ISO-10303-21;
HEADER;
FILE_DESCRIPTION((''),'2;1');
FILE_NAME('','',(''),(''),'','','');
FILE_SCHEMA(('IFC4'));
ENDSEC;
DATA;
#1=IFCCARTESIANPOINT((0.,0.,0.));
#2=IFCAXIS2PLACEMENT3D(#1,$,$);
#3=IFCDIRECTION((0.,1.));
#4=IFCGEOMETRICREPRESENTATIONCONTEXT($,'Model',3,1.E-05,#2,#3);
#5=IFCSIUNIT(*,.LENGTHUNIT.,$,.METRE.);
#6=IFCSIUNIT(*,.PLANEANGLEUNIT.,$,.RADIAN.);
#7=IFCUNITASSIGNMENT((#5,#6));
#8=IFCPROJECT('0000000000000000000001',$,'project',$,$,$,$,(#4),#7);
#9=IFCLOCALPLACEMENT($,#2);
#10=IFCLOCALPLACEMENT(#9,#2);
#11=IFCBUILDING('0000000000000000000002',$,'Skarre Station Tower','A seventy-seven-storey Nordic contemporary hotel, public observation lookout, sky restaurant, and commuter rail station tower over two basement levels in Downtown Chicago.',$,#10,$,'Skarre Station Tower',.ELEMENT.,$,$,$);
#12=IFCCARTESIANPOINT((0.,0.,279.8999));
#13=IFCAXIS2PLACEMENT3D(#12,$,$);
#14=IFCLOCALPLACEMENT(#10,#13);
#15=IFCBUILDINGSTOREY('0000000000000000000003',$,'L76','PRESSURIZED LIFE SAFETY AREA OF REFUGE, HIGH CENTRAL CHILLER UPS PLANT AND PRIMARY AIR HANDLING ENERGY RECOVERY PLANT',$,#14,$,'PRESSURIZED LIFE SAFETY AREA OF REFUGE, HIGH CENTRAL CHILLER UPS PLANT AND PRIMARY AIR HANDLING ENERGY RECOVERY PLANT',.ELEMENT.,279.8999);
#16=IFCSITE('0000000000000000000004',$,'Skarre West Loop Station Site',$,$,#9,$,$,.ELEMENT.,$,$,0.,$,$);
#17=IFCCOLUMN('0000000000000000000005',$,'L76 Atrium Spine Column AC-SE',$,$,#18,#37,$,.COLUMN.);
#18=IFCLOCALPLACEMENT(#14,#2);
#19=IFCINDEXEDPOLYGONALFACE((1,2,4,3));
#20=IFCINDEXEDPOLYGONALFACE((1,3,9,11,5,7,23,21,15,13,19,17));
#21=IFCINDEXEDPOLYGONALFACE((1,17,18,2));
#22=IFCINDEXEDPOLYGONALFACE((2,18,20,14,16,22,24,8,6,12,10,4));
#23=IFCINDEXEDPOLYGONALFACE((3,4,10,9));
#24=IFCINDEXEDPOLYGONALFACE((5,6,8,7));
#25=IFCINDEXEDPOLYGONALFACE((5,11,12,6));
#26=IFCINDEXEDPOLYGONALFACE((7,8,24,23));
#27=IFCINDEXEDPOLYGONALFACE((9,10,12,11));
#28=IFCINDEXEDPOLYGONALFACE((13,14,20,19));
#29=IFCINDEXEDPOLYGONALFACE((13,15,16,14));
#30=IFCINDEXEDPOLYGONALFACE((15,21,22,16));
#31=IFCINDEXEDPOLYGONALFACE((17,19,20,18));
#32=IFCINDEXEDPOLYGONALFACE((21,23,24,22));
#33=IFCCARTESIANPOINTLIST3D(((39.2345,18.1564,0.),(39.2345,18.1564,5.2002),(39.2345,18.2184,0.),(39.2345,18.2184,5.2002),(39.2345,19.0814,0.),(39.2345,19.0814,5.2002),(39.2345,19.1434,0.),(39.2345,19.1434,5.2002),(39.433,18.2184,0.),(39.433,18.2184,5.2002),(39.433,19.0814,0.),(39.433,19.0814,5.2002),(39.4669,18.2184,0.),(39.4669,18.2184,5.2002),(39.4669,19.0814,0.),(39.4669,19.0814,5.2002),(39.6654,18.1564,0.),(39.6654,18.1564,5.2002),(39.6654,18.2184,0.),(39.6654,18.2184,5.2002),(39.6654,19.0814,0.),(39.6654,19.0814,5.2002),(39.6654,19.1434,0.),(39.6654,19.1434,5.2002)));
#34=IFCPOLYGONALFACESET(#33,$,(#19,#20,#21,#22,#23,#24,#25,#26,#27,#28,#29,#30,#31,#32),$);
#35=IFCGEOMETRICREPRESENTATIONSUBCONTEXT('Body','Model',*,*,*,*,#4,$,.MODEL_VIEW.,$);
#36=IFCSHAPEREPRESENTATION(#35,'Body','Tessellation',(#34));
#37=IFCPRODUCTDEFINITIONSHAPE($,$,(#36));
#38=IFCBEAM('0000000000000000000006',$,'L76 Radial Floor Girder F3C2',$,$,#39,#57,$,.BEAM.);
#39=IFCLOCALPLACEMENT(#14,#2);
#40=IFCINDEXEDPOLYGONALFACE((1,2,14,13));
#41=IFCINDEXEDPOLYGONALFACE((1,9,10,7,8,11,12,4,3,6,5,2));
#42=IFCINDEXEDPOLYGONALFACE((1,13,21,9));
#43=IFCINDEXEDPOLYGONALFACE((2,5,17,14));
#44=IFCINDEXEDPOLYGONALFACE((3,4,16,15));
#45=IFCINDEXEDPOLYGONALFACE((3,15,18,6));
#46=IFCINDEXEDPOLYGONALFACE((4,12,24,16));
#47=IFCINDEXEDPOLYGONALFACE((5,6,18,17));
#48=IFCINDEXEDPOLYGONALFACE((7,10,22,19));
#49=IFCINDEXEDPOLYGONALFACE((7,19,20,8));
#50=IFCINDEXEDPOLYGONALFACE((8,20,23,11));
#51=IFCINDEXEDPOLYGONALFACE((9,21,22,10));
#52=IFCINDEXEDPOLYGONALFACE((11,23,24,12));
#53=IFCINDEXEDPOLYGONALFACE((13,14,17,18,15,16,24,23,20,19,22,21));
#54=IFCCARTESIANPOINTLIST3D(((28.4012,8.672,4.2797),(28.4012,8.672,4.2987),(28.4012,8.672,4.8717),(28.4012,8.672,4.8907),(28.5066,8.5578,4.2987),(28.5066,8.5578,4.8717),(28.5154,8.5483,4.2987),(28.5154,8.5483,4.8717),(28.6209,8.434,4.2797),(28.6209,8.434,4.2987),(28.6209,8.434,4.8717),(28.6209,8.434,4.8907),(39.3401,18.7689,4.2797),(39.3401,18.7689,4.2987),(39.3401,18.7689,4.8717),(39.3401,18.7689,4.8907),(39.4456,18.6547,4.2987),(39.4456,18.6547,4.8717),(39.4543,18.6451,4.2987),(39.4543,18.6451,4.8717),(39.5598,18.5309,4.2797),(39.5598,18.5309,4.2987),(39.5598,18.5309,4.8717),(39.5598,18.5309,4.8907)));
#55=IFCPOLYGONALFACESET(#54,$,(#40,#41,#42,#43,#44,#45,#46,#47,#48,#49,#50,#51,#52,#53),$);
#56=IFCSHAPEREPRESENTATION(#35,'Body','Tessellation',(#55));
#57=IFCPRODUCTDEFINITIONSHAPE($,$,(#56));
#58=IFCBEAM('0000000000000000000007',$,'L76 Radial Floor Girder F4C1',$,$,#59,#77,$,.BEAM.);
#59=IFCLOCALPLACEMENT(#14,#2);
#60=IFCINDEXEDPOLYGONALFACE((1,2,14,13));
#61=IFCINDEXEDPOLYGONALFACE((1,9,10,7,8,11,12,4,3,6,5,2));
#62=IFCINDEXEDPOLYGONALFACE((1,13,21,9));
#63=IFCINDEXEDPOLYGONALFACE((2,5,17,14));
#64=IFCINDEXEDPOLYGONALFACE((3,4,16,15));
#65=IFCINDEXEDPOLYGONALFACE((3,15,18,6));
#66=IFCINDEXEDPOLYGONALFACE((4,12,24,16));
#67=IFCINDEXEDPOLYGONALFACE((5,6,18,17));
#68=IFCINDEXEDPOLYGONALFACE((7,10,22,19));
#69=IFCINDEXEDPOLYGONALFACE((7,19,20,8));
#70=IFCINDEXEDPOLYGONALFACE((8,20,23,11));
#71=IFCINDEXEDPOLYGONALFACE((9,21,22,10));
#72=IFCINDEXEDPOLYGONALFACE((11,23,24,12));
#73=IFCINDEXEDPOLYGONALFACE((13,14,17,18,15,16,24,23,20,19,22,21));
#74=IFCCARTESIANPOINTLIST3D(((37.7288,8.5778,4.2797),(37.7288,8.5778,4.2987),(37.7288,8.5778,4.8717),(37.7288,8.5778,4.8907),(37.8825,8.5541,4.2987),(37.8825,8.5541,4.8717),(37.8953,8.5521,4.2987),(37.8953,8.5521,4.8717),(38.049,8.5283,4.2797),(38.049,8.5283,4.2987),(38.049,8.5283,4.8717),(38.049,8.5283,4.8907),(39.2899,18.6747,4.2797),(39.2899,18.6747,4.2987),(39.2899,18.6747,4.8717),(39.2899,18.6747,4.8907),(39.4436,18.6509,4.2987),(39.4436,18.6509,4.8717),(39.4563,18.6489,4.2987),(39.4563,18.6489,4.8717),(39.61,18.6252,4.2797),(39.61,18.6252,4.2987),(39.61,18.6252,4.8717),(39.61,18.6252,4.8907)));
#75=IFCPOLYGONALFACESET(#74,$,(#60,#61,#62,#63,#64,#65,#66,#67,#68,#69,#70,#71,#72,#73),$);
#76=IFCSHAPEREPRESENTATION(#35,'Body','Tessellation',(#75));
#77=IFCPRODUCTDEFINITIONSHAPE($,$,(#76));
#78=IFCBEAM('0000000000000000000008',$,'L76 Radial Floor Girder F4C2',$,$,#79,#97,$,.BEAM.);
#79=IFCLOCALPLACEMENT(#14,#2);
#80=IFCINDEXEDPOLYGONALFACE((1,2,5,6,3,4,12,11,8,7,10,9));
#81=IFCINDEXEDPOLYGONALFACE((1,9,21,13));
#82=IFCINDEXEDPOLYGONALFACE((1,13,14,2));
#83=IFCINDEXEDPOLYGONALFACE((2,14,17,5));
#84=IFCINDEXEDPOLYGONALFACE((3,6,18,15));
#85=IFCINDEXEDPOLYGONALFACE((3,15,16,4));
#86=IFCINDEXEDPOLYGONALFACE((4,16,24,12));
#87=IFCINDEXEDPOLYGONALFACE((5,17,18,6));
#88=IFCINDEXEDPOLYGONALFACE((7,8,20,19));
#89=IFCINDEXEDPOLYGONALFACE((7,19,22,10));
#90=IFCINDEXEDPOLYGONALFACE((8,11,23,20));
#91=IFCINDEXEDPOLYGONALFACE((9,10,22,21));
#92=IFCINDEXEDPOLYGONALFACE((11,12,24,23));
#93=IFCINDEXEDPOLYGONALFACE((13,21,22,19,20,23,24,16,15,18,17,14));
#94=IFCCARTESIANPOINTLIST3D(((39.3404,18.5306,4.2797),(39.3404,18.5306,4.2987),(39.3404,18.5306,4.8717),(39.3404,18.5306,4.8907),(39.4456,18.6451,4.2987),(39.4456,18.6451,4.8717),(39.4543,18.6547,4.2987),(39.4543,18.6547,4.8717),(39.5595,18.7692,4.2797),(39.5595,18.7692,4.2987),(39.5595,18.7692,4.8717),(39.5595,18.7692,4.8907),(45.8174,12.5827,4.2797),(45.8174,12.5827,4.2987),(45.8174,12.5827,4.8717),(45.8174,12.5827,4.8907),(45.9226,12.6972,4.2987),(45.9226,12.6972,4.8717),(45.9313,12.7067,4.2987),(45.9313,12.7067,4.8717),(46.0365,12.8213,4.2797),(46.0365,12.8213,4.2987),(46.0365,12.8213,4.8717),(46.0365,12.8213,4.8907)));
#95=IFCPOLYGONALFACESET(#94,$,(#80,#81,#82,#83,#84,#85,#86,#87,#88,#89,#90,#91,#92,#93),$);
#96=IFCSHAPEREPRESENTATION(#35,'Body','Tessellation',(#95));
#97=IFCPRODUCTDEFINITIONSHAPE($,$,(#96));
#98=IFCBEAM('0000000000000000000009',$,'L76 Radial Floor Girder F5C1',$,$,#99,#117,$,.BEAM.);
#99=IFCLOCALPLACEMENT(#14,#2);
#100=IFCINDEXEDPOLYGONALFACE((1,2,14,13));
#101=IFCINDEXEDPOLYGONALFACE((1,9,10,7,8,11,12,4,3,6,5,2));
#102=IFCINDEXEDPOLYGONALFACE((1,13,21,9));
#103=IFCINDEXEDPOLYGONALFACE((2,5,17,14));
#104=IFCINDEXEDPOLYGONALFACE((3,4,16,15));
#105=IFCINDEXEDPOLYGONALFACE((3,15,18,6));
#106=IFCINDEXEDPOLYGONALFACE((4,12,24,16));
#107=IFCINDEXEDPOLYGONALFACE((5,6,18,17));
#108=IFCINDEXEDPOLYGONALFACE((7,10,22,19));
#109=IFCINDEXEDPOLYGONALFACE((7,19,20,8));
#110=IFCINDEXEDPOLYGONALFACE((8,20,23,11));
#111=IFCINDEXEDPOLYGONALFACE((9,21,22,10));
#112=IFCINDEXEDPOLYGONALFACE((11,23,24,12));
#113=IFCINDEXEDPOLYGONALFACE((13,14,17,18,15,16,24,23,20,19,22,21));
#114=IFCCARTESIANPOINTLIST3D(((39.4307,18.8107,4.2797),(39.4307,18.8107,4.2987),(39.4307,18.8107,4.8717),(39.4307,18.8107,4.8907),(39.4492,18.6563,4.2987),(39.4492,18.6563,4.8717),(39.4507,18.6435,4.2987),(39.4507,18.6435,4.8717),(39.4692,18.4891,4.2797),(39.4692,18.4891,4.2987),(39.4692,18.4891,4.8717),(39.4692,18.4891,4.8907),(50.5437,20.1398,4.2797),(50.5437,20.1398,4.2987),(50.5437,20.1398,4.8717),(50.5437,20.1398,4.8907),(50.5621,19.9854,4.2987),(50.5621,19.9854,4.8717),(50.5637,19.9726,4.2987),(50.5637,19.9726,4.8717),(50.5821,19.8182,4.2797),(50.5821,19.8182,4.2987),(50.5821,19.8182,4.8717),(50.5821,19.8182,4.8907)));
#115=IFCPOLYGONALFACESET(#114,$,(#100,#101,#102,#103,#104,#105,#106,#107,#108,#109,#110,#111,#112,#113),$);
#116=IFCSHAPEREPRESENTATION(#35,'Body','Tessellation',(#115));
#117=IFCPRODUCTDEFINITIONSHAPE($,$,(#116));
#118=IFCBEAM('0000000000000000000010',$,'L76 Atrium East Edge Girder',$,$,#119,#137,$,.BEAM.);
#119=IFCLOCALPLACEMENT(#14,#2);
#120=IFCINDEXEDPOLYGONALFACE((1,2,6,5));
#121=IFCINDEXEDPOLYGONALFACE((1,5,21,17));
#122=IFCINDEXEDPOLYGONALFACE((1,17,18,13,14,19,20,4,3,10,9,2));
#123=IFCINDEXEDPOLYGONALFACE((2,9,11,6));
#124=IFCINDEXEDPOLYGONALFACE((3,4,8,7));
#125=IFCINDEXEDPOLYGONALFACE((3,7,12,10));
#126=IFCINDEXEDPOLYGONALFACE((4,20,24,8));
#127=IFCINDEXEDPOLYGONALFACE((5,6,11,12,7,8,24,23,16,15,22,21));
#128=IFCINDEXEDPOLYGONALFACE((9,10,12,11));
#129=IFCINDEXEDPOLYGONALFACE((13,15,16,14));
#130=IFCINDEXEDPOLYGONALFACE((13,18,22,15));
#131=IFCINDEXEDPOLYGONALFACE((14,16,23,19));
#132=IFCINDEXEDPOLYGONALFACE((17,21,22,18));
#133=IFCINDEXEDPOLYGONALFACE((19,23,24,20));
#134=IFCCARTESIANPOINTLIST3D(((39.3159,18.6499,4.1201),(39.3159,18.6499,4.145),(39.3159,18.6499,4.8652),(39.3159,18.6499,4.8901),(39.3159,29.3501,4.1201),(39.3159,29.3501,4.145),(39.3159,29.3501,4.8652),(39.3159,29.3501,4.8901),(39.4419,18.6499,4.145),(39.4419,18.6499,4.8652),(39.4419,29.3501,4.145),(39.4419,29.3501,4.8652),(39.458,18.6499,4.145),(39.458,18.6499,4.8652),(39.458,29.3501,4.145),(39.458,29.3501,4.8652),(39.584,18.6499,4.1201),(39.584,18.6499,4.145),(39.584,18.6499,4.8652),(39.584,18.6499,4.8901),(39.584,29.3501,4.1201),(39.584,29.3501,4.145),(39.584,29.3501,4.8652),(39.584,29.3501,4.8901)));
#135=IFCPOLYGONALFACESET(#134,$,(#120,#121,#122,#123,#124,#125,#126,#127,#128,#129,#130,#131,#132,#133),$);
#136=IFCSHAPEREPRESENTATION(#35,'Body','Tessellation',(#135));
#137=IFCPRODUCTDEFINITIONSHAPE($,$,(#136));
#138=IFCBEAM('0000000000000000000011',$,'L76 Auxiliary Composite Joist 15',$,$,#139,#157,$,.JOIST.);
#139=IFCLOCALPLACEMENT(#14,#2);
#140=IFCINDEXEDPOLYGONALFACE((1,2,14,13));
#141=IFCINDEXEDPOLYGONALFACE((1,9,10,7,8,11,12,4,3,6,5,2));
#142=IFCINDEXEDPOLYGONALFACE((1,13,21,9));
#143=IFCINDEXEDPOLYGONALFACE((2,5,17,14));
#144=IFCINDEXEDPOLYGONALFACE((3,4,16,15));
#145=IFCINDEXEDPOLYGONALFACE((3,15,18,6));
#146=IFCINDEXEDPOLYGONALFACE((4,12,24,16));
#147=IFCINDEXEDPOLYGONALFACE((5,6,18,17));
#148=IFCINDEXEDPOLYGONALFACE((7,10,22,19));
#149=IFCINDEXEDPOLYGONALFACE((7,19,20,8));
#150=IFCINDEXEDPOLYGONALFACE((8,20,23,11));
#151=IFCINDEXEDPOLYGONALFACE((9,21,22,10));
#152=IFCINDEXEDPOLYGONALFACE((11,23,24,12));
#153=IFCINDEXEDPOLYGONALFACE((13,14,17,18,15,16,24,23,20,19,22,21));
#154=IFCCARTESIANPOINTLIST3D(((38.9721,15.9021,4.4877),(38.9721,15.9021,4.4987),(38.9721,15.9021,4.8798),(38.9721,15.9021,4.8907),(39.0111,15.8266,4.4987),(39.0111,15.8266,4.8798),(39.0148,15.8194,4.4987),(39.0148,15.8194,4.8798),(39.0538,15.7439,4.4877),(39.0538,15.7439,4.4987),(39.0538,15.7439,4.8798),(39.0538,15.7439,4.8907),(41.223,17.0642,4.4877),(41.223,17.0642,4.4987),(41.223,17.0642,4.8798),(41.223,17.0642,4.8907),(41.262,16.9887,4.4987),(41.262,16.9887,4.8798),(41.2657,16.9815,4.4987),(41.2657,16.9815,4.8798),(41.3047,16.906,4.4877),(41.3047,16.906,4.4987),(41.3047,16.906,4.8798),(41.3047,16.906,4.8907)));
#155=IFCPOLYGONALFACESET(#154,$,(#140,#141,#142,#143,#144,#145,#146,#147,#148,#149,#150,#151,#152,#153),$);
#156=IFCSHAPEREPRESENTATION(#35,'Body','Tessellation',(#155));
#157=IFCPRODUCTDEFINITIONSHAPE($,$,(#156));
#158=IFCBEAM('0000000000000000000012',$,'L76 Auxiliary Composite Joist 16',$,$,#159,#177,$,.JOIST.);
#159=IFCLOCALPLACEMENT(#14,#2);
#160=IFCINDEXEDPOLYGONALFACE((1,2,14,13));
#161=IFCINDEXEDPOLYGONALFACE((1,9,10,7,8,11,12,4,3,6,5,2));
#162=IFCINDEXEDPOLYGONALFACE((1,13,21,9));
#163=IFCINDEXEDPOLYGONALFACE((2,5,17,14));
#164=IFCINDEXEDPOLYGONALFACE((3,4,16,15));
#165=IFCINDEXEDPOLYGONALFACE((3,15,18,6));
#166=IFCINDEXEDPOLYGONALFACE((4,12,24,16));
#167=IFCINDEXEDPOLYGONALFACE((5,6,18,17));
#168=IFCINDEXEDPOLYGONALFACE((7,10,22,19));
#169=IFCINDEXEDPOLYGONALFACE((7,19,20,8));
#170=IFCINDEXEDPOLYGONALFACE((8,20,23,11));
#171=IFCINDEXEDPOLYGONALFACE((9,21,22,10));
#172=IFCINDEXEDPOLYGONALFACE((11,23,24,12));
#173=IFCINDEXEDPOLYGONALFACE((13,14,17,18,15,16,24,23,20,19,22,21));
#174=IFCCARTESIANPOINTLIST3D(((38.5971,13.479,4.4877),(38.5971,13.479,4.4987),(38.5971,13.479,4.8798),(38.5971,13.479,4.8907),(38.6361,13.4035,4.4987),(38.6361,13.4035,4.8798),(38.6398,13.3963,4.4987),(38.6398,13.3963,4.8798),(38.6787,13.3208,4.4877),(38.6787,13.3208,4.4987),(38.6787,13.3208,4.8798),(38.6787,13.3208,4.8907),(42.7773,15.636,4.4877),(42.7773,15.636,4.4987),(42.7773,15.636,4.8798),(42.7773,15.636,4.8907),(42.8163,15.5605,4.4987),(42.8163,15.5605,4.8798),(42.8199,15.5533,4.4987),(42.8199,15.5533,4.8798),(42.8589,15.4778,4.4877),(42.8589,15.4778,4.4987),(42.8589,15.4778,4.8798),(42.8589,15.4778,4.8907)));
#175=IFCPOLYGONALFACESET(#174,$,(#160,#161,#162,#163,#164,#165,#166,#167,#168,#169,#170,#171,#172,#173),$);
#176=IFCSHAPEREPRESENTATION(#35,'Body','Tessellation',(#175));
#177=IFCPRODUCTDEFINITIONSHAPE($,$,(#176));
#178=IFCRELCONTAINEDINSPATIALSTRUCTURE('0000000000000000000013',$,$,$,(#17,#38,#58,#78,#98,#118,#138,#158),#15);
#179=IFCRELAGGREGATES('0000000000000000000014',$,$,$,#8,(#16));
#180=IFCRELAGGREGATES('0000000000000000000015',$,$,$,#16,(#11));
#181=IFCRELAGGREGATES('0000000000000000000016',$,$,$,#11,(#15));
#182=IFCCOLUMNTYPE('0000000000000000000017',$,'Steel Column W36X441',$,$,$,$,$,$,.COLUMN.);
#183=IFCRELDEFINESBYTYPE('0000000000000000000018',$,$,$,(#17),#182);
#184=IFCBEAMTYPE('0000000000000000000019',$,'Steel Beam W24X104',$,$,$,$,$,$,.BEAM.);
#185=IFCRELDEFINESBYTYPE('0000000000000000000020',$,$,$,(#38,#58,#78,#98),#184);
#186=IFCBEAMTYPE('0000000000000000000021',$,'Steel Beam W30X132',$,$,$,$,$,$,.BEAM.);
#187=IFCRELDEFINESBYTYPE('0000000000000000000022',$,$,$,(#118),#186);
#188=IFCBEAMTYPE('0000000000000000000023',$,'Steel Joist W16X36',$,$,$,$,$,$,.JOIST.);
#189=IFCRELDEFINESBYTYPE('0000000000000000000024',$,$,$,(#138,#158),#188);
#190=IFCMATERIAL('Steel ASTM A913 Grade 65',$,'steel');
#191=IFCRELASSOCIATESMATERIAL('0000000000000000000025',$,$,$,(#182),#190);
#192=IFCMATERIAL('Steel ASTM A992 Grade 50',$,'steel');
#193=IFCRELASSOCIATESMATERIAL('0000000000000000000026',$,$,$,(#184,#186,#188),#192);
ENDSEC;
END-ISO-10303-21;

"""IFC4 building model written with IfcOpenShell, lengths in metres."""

from ifc_helpers import new_model, si_unit, direction, frame, origin, origin_2d, place, context, subcontext, project, spatial, i_section, extrude, material, material_profile, profile_set, type_object, element, save


model = new_model("IFC4")

# Units and contexts
model_context = context("Model", 3, precision=1e-05, world=origin(), true_north=direction((0.0, 1.0)))
body_context = subcontext(model_context, "Body", "Model", "MODEL_VIEW")
ifc_project = project(units=[si_unit("LENGTHUNIT", "METRE"), si_unit("PLANEANGLEUNIT", "RADIAN")], contexts=[model_context])

# Site, building, storey
site_placement = place(None, origin())
site = spatial("IfcSite", under=ifc_project, at=site_placement, Name="Skarre West Loop Station Site", CompositionType="ELEMENT", RefElevation=0.0)
building_placement = place(site_placement, origin())
building = spatial("IfcBuilding", under=site, at=building_placement, Name="Skarre Station Tower", Description="A seventy-seven-storey Nordic contemporary hotel, public observation lookout, sky restaurant, and commuter rail station tower over two basement levels in Downtown Chicago.", LongName="Skarre Station Tower", CompositionType="ELEMENT")
storey_placement = place(building_placement, frame((0.0, 0.0, 279.8999)))
storey = spatial("IfcBuildingStorey", under=building, at=storey_placement, Name="L76", Description="PRESSURIZED LIFE SAFETY AREA OF REFUGE, HIGH CENTRAL CHILLER UPS PLANT AND PRIMARY AIR HANDLING ENERGY RECOVERY PLANT", LongName="PRESSURIZED LIFE SAFETY AREA OF REFUGE, HIGH CENTRAL CHILLER UPS PLANT AND PRIMARY AIR HANDLING ENERGY RECOVERY PLANT", CompositionType="ELEMENT", Elevation=279.8999)

# Column
ifc_material_1 = material(Name="Steel ASTM A913 Grade 65", Category="steel")
ifc_material_profile_1 = material_profile(ifc_material_1, i_section(OverallWidth=0.4309, OverallDepth=0.9871, WebThickness=0.0339, FlangeThickness=0.062, at=origin_2d()), Name="Steel ASTM A913 Grade 65")
ifc_profile_set_1 = profile_set([ifc_material_profile_1], Name="Steel ASTM A913 Grade 65")
column_type = type_object("IfcColumnType", Name="Steel Column W36X441", PredefinedType="COLUMN", material=ifc_profile_set_1)
column_placement = place(storey_placement, frame((39.45, 18.6499, 0.0), z_axis=(0.0, 0.0, 1.0), x_axis=(1.0, 0.0, 0.0)))
element("IfcColumn", 1, at=column_placement, inside=storey, type_object=column_type, Name="L76 Atrium Spine Column AC-SE", PredefinedType="COLUMN", context=body_context, shape_type="SweptSolid", body=[
    extrude(i_section(OverallWidth=0.4309, OverallDepth=0.9871, WebThickness=0.0339, FlangeThickness=0.062, at=origin_2d()), origin(), (0.0, 0.0, 1.0), 5.2002),
])

# Beams
ifc_material_2 = material(Name="Steel ASTM A992 Grade 50", Category="steel")
ifc_material_profile_2 = material_profile(ifc_material_2, i_section(OverallWidth=0.324, OverallDepth=0.6111, WebThickness=0.0129, FlangeThickness=0.019, at=origin_2d()), Name="Steel ASTM A992 Grade 50")
ifc_profile_set_2 = profile_set([ifc_material_profile_2], Name="Steel ASTM A992 Grade 50")
beam_type_1 = type_object("IfcBeamType", Name="Steel Beam W24X104", PredefinedType="BEAM", material=ifc_profile_set_2)
beam_1_placement = place(storey_placement, frame((39.45, 18.6499, 4.5852), z_axis=(-0.734823, -0.678259, 0.0), x_axis=(0.678259, -0.734823, 0.0)))
element("IfcBeam", 2, at=beam_1_placement, inside=storey, type_object=beam_type_1, Name="L76 Radial Floor Girder F3C2", PredefinedType="BEAM", context=body_context, shape_type="SweptSolid", body=[
    extrude(i_section(OverallWidth=0.324, OverallDepth=0.6111, WebThickness=0.0129, FlangeThickness=0.019, at=origin_2d()), origin(), (0.0, 0.0, 1.0), 14.8865),
])
beam_2_placement = place(storey_placement, frame((39.45, 18.6499, 4.5852), z_axis=(-0.15279, -0.988259, 0.0), x_axis=(0.988259, -0.15279, 0.0)))
element("IfcBeam", 3, at=beam_2_placement, inside=storey, type_object=beam_type_1, Name="L76 Radial Floor Girder F4C1", PredefinedType="BEAM", context=body_context, shape_type="SweptSolid", body=[
    extrude(i_section(OverallWidth=0.324, OverallDepth=0.6111, WebThickness=0.0129, FlangeThickness=0.019, at=origin_2d()), origin(), (0.0, 0.0, 1.0), 10.2168),
])
beam_3_placement = place(storey_placement, frame((39.45, 18.6499, 4.5852), z_axis=(0.736548, -0.676386, 0.0), x_axis=(0.676386, 0.736548, 0.0)))
element("IfcBeam", 4, at=beam_3_placement, inside=storey, type_object=beam_type_1, Name="L76 Radial Floor Girder F4C2", PredefinedType="BEAM", context=body_context, shape_type="SweptSolid", body=[
    extrude(i_section(OverallWidth=0.324, OverallDepth=0.6111, WebThickness=0.0129, FlangeThickness=0.019, at=origin_2d()), origin(), (0.0, 0.0, 1.0), 8.7937),
])
beam_4_placement = place(storey_placement, frame((39.45, 18.6499, 4.5852), z_axis=(0.992924, 0.118752, 0.0), x_axis=(-0.118752, 0.992924, 0.0)))
element("IfcBeam", 5, at=beam_4_placement, inside=storey, type_object=beam_type_1, Name="L76 Radial Floor Girder F5C1", PredefinedType="BEAM", context=body_context, shape_type="SweptSolid", body=[
    extrude(i_section(OverallWidth=0.324, OverallDepth=0.6111, WebThickness=0.0129, FlangeThickness=0.019, at=origin_2d()), origin(), (0.0, 0.0, 1.0), 11.1921),
])
ifc_material_profile_3 = material_profile(ifc_material_2, i_section(OverallWidth=0.2681, OverallDepth=0.77, WebThickness=0.0161, FlangeThickness=0.0249, at=origin_2d()), Name="Steel ASTM A992 Grade 50")
ifc_profile_set_3 = profile_set([ifc_material_profile_3], Name="Steel ASTM A992 Grade 50")
beam_type_2 = type_object("IfcBeamType", Name="Steel Beam W30X132", PredefinedType="BEAM", material=ifc_profile_set_3)
beam_5_placement = place(storey_placement, frame((39.45, 18.6499, 4.5051), z_axis=(0.0, 1.0, 0.0), x_axis=(-1.0, 0.0, 0.0)))
element("IfcBeam", 6, at=beam_5_placement, inside=storey, type_object=beam_type_2, Name="L76 Atrium East Edge Girder", PredefinedType="BEAM", context=body_context, shape_type="SweptSolid", body=[
    extrude(i_section(OverallWidth=0.2681, OverallDepth=0.77, WebThickness=0.0161, FlangeThickness=0.0249, at=origin_2d()), origin(), (0.0, 0.0, 1.0), 10.7002),
])
ifc_material_profile_4 = material_profile(ifc_material_2, i_section(OverallWidth=0.178, OverallDepth=0.4031, WebThickness=0.0081, FlangeThickness=0.011, at=origin_2d()), Name="Steel ASTM A992 Grade 50")
ifc_profile_set_4 = profile_set([ifc_material_profile_4], Name="Steel ASTM A992 Grade 50")
beam_type_3 = type_object("IfcBeamType", Name="Steel Joist W16X36", PredefinedType="JOIST", material=ifc_profile_set_4)
beam_6_placement = place(storey_placement, frame((39.0129, 15.823, 4.6892), z_axis=(0.88857, 0.458741, 0.0), x_axis=(-0.458741, 0.88857, 0.0)))
element("IfcBeam", 7, at=beam_6_placement, inside=storey, type_object=beam_type_3, Name="L76 Auxiliary Composite Joist 15", PredefinedType="JOIST", context=body_context, shape_type="SweptSolid", body=[
    extrude(i_section(OverallWidth=0.178, OverallDepth=0.4031, WebThickness=0.0081, FlangeThickness=0.011, at=origin_2d()), origin(), (0.0, 0.0, 1.0), 2.5332),
])
beam_7_placement = place(storey_placement, frame((38.6379, 13.3999, 4.6892), z_axis=(0.888666, 0.458554, 0.0), x_axis=(-0.458554, 0.888666, 0.0)))
element("IfcBeam", 8, at=beam_7_placement, inside=storey, type_object=beam_type_3, Name="L76 Auxiliary Composite Joist 16", PredefinedType="JOIST", context=body_context, shape_type="SweptSolid", body=[
    extrude(i_section(OverallWidth=0.178, OverallDepth=0.4031, WebThickness=0.0081, FlangeThickness=0.011, at=origin_2d()), origin(), (0.0, 0.0, 1.0), 4.7039),
])

save(model, "model.ifc")
